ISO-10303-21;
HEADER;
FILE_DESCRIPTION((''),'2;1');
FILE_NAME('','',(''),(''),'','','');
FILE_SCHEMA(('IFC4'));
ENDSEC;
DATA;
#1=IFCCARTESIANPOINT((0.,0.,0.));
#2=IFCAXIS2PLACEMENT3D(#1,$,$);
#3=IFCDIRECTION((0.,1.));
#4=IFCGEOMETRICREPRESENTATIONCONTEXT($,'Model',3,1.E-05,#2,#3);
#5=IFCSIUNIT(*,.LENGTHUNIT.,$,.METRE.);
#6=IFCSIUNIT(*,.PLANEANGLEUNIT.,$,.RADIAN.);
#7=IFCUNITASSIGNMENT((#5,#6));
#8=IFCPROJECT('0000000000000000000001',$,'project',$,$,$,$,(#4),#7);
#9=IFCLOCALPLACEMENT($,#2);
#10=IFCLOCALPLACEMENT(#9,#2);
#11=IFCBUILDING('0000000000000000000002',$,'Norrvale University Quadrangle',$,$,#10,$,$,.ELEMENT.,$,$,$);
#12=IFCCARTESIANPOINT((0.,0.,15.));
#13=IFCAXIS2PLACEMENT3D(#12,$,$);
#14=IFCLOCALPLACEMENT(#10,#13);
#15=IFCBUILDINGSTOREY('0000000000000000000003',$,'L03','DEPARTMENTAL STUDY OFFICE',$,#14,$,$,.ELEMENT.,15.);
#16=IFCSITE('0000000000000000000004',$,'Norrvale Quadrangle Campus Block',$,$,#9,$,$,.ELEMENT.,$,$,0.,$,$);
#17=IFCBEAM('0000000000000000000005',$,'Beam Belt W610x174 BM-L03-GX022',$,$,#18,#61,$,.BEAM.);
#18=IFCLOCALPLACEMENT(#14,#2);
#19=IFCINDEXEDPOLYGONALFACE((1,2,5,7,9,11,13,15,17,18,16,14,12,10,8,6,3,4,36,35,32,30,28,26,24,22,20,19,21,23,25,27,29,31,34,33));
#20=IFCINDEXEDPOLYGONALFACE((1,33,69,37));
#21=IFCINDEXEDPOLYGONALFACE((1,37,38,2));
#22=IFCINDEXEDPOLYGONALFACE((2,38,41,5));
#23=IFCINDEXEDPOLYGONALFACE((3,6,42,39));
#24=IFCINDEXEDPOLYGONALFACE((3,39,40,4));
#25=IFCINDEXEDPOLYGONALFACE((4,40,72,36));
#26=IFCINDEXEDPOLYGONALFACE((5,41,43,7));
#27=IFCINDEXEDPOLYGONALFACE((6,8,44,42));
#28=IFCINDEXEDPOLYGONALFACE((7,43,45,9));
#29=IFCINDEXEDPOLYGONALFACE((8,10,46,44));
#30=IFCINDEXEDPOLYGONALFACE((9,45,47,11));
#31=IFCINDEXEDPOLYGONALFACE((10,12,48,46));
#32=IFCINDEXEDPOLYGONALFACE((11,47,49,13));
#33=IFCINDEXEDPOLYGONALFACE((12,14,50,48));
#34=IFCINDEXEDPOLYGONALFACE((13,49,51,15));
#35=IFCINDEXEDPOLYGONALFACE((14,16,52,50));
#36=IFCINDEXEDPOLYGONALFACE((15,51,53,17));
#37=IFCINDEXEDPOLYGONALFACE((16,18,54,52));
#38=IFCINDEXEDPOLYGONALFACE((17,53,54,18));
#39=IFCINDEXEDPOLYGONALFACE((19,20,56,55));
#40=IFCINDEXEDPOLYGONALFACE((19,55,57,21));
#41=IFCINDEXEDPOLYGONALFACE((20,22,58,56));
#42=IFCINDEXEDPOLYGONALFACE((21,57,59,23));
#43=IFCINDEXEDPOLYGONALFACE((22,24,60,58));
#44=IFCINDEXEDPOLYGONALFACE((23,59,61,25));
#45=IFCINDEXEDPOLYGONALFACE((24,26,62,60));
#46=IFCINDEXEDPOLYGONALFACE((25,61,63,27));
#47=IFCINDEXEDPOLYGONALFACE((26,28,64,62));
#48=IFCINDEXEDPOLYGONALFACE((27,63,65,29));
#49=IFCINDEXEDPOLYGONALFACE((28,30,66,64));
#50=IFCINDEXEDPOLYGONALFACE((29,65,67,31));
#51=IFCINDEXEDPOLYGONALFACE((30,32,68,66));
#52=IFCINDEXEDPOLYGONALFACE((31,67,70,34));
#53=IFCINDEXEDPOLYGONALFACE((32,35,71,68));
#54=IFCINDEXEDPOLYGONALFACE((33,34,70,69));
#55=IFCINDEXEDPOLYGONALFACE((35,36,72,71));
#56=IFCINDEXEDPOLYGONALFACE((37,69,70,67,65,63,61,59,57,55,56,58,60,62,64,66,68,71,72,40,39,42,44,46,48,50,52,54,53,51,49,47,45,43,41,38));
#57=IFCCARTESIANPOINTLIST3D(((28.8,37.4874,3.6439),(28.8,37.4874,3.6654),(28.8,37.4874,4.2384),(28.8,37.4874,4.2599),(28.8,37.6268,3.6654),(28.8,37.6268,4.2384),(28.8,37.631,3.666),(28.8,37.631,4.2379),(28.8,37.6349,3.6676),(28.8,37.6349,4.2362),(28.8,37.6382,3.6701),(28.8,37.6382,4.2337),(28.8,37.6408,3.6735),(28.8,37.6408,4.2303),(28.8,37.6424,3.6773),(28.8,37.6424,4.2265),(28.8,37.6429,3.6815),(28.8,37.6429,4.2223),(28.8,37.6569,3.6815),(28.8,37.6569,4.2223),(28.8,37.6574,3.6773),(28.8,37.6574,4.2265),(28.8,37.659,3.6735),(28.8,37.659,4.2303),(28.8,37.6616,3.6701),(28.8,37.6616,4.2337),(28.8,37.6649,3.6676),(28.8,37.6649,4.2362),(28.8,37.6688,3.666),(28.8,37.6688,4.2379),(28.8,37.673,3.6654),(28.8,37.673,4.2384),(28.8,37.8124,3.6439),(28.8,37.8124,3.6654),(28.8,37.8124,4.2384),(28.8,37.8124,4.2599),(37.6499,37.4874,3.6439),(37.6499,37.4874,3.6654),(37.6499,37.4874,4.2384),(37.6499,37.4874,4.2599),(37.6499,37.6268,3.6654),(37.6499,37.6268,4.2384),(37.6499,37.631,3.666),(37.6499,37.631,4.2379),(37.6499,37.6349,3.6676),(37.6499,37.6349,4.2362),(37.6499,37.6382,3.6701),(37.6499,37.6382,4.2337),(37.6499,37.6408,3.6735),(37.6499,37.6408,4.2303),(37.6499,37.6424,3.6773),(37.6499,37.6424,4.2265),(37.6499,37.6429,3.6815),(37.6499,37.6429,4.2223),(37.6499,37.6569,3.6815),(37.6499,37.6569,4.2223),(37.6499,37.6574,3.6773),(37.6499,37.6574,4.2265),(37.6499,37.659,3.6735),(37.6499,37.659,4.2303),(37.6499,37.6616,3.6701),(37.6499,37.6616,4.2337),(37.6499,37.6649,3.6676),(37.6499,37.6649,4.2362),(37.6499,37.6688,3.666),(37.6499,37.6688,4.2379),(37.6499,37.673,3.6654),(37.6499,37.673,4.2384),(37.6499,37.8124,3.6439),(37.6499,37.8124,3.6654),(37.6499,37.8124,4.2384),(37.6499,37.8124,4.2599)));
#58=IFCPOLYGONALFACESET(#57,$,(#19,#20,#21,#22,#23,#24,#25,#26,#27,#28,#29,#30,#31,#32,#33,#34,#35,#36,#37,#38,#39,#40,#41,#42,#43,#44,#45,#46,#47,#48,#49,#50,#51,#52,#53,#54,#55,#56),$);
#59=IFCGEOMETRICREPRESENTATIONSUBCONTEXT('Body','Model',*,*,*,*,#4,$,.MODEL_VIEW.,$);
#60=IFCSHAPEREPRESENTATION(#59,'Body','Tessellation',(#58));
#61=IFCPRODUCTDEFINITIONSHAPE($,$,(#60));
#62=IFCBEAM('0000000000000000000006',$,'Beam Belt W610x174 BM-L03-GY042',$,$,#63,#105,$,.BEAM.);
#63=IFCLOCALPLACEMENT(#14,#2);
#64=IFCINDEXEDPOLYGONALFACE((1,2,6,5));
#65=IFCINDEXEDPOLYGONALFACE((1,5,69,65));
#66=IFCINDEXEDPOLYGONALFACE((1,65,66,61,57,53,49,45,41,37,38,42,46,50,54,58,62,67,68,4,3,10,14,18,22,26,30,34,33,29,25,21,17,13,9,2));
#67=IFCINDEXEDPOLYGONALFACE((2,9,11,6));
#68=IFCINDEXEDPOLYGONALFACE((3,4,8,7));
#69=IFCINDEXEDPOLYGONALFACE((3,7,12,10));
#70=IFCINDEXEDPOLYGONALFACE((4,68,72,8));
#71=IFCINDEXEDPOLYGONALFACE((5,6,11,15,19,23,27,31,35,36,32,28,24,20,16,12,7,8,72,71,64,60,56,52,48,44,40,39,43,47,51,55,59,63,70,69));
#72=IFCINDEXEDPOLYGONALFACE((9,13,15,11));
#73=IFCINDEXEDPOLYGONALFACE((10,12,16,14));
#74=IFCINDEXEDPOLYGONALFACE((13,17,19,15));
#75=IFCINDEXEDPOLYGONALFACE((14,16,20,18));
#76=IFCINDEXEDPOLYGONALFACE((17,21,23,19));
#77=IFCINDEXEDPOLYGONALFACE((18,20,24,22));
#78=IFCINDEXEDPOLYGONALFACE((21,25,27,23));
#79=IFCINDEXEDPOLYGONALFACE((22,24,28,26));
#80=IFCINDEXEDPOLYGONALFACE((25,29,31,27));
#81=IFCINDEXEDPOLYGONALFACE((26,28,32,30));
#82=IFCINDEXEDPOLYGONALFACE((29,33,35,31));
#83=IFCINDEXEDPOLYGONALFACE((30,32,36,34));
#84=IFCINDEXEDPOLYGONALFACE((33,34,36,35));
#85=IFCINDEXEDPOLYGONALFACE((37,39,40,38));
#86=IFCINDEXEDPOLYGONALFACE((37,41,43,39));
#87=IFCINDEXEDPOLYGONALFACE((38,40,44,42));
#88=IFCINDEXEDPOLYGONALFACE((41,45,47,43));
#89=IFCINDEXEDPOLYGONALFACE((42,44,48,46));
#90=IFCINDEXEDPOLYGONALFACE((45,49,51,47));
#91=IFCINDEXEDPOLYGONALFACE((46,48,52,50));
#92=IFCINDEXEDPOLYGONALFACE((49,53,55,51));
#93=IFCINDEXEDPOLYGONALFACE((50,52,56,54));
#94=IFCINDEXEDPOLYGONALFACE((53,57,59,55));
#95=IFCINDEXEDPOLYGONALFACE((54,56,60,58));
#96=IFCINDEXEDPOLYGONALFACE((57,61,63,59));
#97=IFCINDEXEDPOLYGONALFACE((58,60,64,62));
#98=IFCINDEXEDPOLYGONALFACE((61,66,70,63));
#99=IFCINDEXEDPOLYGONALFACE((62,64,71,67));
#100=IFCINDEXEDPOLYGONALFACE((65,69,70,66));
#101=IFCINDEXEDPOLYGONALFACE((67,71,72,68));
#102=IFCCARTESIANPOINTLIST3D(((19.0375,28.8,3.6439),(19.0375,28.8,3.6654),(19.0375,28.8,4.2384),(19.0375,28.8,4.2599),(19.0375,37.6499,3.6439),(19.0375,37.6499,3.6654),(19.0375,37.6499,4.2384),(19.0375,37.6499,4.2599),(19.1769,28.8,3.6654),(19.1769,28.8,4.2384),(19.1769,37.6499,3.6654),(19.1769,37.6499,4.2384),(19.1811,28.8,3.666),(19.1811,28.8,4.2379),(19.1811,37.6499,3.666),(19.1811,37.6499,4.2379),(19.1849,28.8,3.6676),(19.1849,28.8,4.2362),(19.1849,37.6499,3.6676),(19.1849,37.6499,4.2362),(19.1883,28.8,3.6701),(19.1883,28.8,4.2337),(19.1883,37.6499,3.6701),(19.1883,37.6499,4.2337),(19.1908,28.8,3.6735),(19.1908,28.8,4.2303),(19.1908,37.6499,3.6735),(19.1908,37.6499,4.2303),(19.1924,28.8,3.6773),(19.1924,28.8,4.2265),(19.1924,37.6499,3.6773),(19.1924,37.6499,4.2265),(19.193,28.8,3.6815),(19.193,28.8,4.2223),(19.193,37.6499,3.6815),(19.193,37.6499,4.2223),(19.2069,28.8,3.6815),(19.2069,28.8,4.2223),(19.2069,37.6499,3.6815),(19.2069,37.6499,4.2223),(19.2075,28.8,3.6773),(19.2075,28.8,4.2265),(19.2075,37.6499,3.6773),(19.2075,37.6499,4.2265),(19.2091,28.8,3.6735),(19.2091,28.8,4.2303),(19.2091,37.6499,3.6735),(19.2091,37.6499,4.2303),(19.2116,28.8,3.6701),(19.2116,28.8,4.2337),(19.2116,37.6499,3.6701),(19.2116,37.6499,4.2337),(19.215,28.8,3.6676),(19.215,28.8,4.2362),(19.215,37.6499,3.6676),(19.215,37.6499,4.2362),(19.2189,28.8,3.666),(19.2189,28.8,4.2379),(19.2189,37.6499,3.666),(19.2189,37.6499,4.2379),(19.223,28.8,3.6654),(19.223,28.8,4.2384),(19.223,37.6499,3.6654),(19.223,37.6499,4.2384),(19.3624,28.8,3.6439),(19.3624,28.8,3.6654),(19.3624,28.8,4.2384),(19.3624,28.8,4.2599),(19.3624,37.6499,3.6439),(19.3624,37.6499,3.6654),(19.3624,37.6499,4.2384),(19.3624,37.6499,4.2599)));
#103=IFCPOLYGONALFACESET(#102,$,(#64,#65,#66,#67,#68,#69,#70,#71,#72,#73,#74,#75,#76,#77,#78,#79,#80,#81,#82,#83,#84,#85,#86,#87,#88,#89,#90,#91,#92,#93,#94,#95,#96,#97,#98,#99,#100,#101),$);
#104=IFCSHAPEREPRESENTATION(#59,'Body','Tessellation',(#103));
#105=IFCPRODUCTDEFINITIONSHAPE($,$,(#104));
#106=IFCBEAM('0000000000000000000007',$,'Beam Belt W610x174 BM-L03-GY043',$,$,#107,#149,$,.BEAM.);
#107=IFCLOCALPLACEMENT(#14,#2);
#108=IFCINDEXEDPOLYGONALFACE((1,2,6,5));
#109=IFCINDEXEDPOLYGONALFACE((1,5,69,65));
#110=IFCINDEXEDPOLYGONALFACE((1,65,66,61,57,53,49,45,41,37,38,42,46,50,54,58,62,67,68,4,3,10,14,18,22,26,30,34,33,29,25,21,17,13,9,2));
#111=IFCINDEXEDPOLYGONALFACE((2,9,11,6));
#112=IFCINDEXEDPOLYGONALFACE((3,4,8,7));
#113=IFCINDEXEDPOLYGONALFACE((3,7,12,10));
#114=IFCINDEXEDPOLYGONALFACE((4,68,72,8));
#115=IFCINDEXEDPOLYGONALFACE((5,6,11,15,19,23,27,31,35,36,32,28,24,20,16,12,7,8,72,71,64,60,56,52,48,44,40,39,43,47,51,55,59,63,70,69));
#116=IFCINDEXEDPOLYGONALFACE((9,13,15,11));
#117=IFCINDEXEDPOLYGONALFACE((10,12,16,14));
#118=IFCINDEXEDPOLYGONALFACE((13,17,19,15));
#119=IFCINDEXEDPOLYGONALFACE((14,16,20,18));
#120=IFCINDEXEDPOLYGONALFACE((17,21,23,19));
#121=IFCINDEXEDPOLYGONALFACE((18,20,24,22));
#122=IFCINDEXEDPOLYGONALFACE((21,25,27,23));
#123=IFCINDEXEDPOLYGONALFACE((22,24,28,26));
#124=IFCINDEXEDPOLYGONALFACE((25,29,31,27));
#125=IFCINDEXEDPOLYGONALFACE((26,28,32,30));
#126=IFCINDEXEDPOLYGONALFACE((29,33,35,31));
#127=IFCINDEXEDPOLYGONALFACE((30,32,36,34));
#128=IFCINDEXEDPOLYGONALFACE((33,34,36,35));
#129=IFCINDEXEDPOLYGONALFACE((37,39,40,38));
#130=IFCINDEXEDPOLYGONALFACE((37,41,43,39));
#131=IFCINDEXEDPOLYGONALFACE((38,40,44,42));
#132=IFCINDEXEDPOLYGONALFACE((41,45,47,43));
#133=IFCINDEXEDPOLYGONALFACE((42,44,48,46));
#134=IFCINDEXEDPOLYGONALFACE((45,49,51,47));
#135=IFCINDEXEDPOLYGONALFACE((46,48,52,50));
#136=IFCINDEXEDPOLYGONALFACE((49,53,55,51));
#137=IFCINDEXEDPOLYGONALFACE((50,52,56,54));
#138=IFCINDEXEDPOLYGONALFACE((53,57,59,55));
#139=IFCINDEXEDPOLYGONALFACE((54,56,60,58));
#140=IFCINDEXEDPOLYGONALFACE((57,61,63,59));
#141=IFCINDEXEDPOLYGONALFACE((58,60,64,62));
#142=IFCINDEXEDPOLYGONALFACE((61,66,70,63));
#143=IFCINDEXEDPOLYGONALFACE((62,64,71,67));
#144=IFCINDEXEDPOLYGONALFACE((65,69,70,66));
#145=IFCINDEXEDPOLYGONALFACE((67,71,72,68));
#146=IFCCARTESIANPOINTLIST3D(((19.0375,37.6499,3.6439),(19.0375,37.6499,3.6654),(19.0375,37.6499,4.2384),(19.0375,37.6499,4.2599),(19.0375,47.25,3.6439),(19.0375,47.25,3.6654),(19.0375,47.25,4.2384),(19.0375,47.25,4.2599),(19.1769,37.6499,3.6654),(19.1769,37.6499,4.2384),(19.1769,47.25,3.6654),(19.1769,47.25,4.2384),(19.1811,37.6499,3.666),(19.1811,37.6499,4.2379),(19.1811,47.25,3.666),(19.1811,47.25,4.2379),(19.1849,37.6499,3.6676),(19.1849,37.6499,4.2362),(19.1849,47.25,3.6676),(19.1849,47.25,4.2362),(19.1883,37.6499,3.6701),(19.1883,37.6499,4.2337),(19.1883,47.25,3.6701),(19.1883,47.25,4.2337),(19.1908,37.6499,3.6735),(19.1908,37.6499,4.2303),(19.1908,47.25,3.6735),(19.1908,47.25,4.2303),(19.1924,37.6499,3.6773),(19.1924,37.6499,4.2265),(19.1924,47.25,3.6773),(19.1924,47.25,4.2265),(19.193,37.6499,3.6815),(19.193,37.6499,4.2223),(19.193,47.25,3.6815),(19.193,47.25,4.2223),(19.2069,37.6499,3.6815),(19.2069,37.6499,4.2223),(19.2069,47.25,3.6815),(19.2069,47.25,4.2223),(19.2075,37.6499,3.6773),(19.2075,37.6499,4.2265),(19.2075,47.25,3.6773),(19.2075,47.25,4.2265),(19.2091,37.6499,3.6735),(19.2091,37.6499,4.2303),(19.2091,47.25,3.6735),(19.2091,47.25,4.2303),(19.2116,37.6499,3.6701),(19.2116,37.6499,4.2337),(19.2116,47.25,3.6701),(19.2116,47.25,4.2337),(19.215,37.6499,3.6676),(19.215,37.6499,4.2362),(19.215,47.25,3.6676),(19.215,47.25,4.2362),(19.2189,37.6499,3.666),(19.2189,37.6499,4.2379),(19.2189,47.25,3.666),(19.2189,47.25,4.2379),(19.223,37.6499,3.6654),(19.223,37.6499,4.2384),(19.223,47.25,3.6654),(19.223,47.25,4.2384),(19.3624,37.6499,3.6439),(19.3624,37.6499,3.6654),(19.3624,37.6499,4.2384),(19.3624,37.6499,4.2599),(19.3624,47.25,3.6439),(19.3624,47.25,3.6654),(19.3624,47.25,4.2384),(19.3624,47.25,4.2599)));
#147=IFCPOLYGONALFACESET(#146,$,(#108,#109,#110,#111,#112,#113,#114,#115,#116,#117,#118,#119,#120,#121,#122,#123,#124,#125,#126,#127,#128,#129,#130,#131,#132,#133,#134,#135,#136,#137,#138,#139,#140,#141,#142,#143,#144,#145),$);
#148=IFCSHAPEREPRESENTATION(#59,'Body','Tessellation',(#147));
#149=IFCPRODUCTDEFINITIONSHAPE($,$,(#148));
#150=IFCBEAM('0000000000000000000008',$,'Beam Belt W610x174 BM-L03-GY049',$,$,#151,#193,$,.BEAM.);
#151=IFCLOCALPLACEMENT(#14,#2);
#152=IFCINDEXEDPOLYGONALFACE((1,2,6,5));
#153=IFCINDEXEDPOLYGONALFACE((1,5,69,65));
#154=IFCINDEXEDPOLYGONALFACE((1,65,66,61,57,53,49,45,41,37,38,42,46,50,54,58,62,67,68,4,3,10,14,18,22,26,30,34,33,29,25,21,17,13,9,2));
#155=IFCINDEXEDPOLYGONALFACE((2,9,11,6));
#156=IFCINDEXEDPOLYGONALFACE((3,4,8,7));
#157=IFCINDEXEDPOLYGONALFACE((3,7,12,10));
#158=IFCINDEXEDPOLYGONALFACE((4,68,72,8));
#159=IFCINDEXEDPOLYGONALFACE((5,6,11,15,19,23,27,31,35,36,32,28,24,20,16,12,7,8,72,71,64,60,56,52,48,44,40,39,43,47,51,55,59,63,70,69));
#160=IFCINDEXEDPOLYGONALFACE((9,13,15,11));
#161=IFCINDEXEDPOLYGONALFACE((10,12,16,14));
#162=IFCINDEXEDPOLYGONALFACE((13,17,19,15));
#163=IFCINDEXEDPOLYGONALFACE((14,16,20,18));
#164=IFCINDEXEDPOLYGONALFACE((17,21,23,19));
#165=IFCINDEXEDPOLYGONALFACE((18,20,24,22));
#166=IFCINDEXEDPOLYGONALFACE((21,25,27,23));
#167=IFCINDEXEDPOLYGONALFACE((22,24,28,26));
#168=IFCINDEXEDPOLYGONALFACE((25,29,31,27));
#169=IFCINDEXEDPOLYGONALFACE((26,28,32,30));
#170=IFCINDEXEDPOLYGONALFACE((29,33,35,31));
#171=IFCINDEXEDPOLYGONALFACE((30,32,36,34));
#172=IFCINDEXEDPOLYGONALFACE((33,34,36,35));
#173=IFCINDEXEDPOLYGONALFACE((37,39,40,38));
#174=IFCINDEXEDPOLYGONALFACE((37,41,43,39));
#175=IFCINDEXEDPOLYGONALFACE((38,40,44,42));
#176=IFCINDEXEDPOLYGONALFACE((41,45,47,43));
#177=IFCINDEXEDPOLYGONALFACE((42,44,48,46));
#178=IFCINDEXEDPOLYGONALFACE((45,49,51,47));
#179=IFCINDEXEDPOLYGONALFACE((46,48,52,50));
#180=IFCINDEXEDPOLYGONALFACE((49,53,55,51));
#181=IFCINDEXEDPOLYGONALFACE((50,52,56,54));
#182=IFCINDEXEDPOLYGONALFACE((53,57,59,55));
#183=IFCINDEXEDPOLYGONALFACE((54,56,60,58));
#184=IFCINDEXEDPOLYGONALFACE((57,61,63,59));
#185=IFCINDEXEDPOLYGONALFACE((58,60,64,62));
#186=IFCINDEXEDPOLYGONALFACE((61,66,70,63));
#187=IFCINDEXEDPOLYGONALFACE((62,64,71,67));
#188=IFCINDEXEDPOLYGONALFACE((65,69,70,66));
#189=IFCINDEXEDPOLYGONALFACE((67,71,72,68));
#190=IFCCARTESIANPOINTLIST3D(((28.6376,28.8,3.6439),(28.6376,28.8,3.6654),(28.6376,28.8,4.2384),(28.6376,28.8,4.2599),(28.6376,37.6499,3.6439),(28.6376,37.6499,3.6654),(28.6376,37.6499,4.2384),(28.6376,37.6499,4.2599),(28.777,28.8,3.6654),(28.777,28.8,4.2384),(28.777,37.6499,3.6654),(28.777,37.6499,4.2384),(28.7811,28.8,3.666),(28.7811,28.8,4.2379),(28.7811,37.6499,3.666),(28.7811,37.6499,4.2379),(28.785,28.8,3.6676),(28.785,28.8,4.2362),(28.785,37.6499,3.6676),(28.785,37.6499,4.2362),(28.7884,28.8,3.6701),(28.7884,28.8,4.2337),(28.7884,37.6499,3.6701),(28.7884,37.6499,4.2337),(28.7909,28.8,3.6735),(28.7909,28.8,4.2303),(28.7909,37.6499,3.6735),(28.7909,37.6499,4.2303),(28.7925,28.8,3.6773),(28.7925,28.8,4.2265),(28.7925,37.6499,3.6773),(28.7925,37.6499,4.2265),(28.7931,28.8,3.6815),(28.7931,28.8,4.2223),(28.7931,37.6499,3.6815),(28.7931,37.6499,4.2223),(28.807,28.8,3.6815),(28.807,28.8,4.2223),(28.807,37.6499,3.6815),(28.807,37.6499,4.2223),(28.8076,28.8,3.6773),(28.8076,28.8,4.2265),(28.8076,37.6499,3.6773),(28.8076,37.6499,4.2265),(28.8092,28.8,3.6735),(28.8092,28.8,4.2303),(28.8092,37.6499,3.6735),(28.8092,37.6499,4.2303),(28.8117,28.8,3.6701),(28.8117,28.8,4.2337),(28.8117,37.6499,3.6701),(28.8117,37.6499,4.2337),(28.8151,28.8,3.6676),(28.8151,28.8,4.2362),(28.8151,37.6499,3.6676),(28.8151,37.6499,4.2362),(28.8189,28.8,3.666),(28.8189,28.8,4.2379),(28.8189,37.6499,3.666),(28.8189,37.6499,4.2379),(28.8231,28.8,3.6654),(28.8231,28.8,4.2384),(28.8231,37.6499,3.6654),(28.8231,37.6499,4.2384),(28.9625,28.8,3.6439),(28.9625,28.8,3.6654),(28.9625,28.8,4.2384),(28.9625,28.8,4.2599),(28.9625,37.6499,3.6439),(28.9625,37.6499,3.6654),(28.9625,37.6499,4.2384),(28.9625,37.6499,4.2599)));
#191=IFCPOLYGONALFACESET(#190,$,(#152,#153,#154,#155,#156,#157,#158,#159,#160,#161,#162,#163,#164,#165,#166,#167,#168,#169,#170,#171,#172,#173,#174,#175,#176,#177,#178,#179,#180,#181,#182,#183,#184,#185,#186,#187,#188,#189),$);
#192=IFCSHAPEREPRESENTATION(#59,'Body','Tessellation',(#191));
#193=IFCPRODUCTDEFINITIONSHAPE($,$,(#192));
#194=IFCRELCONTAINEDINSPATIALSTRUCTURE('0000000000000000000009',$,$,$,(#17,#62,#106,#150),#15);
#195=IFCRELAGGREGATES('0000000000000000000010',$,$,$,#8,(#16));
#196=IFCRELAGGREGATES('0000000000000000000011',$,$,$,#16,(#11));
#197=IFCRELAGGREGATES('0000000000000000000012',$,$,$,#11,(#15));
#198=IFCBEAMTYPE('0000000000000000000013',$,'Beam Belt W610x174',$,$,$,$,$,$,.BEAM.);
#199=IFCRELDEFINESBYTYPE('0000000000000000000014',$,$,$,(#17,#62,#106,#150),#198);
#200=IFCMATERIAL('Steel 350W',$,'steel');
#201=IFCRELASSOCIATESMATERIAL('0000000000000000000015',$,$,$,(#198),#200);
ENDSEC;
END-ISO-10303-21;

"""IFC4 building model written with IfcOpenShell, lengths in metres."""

from ifc_helpers import new_model, si_unit, direction, frame, origin, origin_2d, place, context, subcontext, project, spatial, i_section, extrude, material, material_profile, profile_set, type_object, element, save


model = new_model("IFC4")

# Units and contexts
model_context = context("Model", 3, precision=1e-05, world=origin(), true_north=direction((0.0, 1.0)))
body_context = subcontext(model_context, "Body", "Model", "MODEL_VIEW")
ifc_project = project(units=[si_unit("LENGTHUNIT", "METRE"), si_unit("PLANEANGLEUNIT", "RADIAN")], contexts=[model_context])

# Site, building, storey
site_placement = place(None, origin())
site = spatial("IfcSite", under=ifc_project, at=site_placement, Name="Norrvale Quadrangle Campus Block", CompositionType="ELEMENT", RefElevation=0.0)
building_placement = place(site_placement, origin())
building = spatial("IfcBuilding", under=site, at=building_placement, Name="Norrvale University Quadrangle", CompositionType="ELEMENT")
storey_placement = place(building_placement, frame((0.0, 0.0, 15.0)))
storey = spatial("IfcBuildingStorey", under=building, at=storey_placement, Name="L03", Description="DEPARTMENTAL STUDY OFFICE", CompositionType="ELEMENT", Elevation=15.0)

# Beams
ifc_material_1 = material(Name="Steel 350W", Category="steel")
ifc_material_profile_1 = material_profile(ifc_material_1, i_section(OverallWidth=0.325, OverallDepth=0.616, WebThickness=0.0139, FlangeThickness=0.0215, FilletRadius=0.0161, at=origin_2d()), Name="Steel 350W")
ifc_profile_set_1 = profile_set([ifc_material_profile_1], Name="Steel 350W")
beam_type_1 = type_object("IfcBeamType", Name="Beam Belt W610x174", PredefinedType="BEAM", material=ifc_profile_set_1)
for number, where, z_axis, x_axis, name in (
    (1, (28.8, 37.6499, 3.9519), (1.0, 0.0, 0.0), (0.0, 1.0, 0.0), "Beam Belt W610x174 BM-L03-GX022"),
    (2, (19.2, 28.8, 3.9519), (0.0, 1.0, 0.0), (-1.0, 0.0, 0.0), "Beam Belt W610x174 BM-L03-GY042"),
):
    element("IfcBeam", number, at=place(storey_placement, frame(where, z_axis=z_axis, x_axis=x_axis)), inside=storey, type_object=beam_type_1, Name=name, PredefinedType="BEAM", context=body_context, shape_type="SweptSolid", body=[
        extrude(i_section(OverallWidth=0.325, OverallDepth=0.616, WebThickness=0.0139, FlangeThickness=0.0215, FilletRadius=0.0161, at=origin_2d()), origin(), (0.0, 0.0, 1.0), 8.8499),
    ])
beam_1_placement = place(storey_placement, frame((19.2, 37.6499, 3.9519), z_axis=(0.0, 1.0, 0.0), x_axis=(-1.0, 0.0, 0.0)))
element("IfcBeam", 3, at=beam_1_placement, inside=storey, type_object=beam_type_1, Name="Beam Belt W610x174 BM-L03-GY043", PredefinedType="BEAM", context=body_context, shape_type="SweptSolid", body=[
    extrude(i_section(OverallWidth=0.325, OverallDepth=0.616, WebThickness=0.0139, FlangeThickness=0.0215, FilletRadius=0.0161, at=origin_2d()), origin(), (0.0, 0.0, 1.0), 9.6001),
])
beam_2_placement = place(storey_placement, frame((28.8, 28.8, 3.9519), z_axis=(0.0, 1.0, 0.0), x_axis=(-1.0, 0.0, 0.0)))
element("IfcBeam", 4, at=beam_2_placement, inside=storey, type_object=beam_type_1, Name="Beam Belt W610x174 BM-L03-GY049", PredefinedType="BEAM", context=body_context, shape_type="SweptSolid", body=[
    extrude(i_section(OverallWidth=0.325, OverallDepth=0.616, WebThickness=0.0139, FlangeThickness=0.0215, FilletRadius=0.0161, at=origin_2d()), origin(), (0.0, 0.0, 1.0), 8.8499),
])

save(model, "model.ifc")
